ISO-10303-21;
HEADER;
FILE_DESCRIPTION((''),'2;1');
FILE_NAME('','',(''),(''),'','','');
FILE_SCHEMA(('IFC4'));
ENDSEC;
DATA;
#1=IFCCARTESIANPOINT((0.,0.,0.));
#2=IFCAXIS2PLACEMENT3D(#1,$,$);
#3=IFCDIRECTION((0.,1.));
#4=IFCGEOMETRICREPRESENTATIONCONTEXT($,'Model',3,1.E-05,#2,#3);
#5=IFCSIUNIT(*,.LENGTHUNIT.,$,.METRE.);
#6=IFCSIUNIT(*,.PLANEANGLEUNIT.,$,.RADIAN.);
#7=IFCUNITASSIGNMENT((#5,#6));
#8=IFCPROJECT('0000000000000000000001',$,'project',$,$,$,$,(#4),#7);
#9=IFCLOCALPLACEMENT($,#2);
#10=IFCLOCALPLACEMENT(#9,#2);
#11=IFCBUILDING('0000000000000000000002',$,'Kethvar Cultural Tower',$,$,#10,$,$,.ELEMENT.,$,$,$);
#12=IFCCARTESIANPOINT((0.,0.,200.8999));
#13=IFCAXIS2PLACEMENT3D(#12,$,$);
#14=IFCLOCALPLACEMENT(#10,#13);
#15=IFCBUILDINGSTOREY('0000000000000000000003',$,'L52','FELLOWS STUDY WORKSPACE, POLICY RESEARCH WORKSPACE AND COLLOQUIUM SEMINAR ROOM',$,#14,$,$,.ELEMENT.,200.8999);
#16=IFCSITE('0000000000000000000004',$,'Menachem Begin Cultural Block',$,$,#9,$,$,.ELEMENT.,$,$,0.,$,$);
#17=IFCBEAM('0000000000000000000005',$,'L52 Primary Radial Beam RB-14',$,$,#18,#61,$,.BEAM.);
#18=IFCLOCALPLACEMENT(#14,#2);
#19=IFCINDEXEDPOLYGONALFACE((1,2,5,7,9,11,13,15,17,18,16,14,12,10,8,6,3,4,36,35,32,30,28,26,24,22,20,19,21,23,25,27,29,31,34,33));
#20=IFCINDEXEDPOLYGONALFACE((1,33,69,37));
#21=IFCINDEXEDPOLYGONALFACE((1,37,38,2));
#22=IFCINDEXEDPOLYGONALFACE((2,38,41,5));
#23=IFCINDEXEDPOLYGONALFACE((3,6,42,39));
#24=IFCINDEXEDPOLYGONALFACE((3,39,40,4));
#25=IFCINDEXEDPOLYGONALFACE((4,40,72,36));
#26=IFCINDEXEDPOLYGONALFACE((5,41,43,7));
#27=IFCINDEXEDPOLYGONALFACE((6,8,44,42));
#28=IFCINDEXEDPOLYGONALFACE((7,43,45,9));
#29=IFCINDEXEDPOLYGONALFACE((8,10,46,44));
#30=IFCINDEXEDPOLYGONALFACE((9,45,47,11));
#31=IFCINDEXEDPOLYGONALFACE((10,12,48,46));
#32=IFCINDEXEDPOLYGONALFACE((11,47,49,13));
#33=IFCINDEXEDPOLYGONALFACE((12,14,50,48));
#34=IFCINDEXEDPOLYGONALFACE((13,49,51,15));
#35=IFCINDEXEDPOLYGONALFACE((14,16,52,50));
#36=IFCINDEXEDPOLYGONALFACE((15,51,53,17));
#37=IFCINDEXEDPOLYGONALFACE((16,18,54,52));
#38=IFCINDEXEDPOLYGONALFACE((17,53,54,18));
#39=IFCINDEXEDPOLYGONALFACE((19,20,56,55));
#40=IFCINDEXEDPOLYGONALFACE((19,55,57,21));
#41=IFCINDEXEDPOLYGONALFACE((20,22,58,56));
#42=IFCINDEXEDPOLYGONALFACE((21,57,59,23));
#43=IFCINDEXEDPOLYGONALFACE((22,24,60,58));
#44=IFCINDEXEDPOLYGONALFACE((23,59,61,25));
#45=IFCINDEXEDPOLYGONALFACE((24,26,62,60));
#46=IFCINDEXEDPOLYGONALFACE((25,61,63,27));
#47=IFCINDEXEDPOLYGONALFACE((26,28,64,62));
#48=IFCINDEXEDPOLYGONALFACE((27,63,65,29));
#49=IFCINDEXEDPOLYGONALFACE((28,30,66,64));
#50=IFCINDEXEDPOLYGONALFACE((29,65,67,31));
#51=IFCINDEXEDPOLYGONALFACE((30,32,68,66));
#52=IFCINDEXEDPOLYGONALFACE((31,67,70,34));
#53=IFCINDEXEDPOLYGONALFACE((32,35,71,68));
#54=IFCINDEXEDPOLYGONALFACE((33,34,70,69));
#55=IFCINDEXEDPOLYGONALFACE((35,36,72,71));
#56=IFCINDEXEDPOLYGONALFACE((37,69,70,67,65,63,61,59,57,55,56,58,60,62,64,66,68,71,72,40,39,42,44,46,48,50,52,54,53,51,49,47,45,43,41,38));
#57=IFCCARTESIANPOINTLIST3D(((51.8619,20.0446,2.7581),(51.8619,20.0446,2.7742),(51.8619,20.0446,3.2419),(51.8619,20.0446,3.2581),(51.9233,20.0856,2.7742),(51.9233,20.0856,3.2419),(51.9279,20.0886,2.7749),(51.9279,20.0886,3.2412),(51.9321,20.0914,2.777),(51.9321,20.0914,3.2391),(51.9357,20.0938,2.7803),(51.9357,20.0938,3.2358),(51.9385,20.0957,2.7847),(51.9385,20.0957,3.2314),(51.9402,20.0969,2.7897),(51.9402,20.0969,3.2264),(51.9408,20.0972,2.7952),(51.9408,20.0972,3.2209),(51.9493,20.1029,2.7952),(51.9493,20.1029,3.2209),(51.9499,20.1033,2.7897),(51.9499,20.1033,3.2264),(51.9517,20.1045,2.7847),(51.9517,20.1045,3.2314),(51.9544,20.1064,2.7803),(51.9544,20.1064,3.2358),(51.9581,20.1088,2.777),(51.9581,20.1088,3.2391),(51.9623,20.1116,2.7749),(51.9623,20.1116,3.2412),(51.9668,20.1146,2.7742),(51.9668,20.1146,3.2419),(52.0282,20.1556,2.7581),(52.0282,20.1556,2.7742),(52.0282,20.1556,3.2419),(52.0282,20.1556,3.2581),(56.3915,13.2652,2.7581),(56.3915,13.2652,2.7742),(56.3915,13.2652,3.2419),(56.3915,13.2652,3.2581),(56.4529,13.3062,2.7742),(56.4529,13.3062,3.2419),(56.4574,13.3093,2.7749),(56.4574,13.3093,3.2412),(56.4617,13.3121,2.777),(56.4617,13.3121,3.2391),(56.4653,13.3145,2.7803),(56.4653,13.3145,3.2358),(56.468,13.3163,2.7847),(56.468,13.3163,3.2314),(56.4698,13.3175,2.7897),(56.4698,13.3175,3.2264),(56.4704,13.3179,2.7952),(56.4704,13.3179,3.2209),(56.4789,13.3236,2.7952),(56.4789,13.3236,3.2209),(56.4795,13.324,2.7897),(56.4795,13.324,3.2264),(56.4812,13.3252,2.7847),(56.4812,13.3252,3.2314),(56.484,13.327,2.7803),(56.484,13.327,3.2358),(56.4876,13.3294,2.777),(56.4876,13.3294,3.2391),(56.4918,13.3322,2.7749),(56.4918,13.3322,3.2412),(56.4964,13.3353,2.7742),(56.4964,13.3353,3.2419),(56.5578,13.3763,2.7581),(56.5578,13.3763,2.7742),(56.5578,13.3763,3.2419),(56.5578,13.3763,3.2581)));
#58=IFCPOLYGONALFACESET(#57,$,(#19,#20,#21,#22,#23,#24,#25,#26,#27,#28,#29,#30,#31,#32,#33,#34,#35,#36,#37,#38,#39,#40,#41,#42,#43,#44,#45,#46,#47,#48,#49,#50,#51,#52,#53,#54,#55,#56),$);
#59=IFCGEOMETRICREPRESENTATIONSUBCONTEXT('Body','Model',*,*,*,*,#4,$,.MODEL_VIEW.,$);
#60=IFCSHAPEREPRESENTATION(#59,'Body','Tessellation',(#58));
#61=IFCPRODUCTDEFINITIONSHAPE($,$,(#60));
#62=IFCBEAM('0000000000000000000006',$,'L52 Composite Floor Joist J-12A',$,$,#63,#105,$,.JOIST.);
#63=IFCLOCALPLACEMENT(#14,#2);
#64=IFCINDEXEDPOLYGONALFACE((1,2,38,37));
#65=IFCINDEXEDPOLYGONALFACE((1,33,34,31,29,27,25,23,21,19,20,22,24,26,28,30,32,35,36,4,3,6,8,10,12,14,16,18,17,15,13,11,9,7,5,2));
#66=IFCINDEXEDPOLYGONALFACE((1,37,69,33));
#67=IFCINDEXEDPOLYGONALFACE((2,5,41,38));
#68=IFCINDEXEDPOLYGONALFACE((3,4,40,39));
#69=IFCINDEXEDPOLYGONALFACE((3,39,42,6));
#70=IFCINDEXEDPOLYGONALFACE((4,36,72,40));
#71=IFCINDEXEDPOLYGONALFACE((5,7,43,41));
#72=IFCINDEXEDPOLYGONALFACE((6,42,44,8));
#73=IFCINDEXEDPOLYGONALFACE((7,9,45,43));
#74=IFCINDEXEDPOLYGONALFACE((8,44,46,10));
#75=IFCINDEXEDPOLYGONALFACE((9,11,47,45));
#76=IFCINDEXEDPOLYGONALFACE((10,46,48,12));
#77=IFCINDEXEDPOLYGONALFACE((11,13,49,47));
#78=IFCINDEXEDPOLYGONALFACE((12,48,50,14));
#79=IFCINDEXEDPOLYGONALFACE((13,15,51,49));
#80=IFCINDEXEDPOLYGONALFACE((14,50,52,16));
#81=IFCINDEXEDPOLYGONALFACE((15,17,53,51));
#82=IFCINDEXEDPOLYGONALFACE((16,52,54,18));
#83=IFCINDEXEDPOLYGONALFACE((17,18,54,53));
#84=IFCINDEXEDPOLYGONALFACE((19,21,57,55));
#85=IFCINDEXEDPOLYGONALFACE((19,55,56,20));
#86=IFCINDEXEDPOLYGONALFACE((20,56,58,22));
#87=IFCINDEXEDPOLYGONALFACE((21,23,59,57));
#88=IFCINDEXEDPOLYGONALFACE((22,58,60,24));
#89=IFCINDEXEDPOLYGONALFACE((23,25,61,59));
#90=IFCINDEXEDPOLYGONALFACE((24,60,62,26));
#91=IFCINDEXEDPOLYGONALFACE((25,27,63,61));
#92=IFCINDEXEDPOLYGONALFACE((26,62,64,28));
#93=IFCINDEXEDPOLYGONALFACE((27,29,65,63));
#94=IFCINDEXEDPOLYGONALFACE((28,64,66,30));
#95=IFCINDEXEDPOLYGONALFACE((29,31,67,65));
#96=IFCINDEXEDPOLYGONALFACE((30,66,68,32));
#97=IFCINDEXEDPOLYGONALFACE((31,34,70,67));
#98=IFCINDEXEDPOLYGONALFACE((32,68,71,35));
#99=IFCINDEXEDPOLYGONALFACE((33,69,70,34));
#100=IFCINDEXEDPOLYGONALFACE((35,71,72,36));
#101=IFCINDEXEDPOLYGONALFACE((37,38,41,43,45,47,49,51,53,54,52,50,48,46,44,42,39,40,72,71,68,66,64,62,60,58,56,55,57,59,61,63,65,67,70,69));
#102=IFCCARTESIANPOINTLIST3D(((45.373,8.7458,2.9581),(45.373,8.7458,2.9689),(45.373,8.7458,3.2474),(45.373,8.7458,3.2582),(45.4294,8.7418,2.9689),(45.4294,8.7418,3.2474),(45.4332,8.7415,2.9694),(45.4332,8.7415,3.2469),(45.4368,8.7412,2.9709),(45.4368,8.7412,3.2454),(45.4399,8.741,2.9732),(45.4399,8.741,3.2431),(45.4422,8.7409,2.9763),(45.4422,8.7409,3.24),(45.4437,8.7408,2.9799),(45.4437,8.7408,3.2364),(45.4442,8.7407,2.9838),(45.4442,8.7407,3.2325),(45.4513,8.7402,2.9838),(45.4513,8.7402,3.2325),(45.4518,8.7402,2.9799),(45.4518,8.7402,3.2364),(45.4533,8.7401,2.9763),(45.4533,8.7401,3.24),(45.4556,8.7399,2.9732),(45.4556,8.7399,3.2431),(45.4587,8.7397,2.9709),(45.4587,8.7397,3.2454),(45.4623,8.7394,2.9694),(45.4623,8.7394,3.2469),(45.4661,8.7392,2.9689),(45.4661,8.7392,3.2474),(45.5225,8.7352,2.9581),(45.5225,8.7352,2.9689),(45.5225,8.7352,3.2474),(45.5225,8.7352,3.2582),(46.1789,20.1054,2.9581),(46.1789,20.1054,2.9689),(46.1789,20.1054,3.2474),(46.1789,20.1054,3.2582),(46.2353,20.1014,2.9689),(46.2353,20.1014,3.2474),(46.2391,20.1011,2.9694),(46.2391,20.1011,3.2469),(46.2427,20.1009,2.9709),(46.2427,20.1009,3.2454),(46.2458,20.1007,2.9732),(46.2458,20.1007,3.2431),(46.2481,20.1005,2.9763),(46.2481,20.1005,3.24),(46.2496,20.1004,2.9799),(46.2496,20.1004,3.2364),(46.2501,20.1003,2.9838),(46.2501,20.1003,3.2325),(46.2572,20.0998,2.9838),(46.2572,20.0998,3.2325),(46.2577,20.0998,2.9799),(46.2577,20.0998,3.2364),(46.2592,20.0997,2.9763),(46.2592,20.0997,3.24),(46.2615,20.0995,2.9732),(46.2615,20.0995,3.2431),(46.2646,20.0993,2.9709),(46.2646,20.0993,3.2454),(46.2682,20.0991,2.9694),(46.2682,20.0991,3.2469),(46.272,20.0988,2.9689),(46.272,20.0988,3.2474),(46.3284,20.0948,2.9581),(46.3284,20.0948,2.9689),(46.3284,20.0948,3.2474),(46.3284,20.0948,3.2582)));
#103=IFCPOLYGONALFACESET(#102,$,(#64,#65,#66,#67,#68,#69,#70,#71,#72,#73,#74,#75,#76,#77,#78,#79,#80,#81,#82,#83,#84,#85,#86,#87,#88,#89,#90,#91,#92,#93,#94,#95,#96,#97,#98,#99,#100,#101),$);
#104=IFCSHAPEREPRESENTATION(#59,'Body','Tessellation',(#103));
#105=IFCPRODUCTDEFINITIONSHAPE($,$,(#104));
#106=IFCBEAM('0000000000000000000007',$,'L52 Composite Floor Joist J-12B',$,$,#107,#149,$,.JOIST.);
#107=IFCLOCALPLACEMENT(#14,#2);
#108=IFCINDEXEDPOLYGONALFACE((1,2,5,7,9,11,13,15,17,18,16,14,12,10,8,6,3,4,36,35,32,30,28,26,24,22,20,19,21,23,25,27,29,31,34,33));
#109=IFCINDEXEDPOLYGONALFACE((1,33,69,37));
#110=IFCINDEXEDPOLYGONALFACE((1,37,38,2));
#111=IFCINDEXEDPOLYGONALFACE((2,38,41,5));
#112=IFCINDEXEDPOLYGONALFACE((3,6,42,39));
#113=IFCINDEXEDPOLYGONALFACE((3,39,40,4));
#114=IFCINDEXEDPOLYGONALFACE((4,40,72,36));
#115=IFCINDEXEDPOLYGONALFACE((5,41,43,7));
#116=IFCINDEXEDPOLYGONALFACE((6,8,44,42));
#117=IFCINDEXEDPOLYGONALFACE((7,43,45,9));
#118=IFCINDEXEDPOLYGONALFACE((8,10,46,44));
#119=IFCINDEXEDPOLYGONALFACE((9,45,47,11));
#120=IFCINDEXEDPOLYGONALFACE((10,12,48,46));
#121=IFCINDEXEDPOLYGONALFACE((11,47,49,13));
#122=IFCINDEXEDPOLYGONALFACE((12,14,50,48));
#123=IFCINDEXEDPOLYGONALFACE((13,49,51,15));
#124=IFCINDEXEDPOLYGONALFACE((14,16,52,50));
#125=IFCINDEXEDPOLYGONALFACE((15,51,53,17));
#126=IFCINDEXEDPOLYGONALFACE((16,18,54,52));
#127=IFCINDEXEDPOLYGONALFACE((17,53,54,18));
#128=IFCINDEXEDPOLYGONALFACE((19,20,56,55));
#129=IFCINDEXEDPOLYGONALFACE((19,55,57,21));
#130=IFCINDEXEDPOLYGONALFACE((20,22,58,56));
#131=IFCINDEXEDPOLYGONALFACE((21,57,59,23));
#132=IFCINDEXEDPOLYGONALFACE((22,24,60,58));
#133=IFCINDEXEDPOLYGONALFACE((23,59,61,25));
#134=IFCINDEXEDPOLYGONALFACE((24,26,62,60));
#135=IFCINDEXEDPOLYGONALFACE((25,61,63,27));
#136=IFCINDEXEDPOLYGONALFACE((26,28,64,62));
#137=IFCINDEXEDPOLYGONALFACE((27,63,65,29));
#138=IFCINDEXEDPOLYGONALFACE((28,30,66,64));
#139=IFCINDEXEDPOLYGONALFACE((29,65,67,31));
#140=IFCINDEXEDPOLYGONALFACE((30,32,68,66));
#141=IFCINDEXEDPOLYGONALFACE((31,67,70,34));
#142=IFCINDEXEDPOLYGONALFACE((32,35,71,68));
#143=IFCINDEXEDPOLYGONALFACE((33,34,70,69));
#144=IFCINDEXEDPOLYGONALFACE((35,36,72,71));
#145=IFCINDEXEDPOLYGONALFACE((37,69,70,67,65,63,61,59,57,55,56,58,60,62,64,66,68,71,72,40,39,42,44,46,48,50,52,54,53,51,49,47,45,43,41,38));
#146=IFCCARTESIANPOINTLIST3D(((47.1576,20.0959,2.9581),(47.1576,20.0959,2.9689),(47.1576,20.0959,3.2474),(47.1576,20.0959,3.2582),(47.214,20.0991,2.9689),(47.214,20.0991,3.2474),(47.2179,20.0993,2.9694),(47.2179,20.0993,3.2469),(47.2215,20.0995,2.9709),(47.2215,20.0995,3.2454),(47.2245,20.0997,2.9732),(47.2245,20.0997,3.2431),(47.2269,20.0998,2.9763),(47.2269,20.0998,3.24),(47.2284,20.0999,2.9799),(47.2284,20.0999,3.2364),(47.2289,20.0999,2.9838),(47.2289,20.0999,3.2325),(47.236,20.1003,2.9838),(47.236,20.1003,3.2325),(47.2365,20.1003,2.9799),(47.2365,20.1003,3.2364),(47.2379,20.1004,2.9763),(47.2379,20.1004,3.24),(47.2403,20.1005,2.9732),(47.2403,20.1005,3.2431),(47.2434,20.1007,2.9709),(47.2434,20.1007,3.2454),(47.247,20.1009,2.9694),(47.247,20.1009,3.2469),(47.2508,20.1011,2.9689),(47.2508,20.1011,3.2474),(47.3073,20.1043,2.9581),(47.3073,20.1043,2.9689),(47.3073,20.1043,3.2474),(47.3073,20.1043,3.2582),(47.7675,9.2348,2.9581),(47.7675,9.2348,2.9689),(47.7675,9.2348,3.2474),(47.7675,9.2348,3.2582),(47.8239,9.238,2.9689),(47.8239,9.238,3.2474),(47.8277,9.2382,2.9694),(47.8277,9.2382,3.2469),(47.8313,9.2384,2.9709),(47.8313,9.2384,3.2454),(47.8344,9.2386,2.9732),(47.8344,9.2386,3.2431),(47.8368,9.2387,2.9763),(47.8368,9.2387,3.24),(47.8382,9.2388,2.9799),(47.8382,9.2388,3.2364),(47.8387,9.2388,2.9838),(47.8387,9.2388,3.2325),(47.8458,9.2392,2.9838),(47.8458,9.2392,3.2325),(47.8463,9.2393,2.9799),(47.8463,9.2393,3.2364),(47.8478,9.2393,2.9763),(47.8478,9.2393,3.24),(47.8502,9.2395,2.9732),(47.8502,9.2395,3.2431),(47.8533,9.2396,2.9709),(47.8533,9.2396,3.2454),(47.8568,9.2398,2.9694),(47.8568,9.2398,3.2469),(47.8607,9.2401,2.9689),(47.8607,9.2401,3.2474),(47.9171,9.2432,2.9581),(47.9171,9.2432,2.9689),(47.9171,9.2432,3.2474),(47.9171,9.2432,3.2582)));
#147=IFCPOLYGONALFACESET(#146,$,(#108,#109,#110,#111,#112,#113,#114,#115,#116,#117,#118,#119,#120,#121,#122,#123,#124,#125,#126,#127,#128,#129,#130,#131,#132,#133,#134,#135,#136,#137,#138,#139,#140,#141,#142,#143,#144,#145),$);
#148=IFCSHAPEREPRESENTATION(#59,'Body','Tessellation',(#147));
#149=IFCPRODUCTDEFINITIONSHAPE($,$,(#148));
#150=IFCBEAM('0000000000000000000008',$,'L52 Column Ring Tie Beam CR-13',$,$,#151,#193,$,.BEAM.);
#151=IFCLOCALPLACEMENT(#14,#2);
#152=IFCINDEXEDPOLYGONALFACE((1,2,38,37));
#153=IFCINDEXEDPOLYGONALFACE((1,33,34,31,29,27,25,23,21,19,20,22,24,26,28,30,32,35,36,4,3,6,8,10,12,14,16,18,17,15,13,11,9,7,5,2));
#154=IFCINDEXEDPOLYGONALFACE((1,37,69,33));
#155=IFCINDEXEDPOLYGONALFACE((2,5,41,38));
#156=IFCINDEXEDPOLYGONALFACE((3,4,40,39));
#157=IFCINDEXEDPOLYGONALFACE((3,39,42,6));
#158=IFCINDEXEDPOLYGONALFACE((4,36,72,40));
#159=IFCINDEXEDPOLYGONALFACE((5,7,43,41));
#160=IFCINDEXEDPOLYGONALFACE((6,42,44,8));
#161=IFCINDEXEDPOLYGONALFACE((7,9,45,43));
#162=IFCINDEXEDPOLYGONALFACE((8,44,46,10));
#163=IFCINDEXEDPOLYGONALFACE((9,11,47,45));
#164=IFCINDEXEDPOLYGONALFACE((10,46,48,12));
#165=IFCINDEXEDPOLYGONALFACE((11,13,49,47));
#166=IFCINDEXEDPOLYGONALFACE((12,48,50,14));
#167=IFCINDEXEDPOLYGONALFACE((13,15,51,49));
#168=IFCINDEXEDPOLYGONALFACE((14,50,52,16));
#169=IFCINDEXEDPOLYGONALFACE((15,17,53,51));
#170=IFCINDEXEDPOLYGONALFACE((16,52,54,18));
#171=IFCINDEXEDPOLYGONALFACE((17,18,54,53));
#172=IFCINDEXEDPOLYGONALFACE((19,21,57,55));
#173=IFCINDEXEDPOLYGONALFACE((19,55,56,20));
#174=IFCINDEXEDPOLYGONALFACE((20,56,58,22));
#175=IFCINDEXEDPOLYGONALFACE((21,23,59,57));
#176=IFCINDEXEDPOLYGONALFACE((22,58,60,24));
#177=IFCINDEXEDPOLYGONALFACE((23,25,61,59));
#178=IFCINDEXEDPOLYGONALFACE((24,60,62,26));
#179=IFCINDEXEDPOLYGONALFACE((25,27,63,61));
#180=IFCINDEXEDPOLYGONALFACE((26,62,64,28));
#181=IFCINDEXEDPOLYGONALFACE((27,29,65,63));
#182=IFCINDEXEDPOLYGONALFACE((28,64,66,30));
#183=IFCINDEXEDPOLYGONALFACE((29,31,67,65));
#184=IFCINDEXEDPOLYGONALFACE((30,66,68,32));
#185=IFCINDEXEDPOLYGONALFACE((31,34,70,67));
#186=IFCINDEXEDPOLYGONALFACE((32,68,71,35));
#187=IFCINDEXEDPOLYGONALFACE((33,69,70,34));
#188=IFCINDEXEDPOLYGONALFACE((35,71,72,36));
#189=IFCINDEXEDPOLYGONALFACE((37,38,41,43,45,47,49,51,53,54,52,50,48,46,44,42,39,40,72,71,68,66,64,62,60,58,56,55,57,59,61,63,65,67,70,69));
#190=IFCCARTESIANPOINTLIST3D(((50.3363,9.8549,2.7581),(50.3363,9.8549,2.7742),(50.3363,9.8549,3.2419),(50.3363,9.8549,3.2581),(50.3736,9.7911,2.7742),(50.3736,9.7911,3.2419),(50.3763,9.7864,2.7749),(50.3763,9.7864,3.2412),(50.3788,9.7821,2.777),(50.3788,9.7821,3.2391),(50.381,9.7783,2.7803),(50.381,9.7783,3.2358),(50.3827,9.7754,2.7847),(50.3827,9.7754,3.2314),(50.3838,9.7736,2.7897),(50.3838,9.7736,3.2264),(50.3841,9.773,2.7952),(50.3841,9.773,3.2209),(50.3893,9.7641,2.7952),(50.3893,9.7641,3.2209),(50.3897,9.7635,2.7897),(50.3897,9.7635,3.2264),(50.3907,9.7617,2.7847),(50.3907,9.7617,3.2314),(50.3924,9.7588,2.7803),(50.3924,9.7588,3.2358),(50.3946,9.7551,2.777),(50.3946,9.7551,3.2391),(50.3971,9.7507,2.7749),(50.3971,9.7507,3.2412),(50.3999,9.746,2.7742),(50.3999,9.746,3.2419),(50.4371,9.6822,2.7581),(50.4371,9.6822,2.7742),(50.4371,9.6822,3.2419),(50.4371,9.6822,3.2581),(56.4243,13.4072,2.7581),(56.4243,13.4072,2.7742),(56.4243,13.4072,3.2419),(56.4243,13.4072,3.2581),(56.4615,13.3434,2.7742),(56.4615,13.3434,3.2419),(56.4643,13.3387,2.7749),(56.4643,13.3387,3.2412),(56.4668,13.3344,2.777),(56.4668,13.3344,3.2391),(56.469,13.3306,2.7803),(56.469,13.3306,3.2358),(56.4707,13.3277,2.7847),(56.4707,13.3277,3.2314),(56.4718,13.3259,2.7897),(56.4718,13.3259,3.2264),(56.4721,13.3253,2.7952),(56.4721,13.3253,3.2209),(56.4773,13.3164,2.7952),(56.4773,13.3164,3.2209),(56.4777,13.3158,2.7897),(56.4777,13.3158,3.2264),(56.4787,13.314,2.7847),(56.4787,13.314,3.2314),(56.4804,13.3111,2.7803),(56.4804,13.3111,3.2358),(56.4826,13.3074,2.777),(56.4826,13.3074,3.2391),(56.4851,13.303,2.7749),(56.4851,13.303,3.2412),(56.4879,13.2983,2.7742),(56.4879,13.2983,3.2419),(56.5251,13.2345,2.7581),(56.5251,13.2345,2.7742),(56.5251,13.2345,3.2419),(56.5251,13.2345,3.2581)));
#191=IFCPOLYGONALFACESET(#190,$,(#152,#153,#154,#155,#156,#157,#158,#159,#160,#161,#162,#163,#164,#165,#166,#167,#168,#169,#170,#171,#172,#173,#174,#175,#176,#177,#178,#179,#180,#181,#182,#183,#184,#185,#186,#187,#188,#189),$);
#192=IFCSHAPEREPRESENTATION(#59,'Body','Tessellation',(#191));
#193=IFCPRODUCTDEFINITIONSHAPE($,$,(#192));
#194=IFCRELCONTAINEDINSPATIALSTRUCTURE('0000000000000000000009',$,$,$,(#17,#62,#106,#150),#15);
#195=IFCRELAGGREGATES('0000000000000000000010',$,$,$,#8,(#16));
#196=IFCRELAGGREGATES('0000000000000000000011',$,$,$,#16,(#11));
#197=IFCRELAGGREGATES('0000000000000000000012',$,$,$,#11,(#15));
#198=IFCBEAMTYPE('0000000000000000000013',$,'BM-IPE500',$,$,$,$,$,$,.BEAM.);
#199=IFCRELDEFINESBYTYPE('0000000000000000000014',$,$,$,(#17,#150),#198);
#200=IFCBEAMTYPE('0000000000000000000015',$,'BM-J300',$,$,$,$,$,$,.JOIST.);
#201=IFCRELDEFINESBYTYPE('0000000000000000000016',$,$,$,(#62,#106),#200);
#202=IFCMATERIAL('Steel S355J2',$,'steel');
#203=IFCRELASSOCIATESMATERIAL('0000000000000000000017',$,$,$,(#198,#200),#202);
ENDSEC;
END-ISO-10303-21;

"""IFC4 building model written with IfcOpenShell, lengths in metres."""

from ifc_helpers import new_model, si_unit, direction, frame, origin, origin_2d, place, context, subcontext, project, spatial, i_section, extrude, source, transform, mapped, material, material_profile, profile_set, type_object, element, save


model = new_model("IFC4")

# Units and contexts
model_context = context("Model", 3, precision=1e-05, world=origin(), true_north=direction((0.0, 1.0)))
body_context = subcontext(model_context, "Body", "Model", "MODEL_VIEW")
ifc_project = project(units=[si_unit("LENGTHUNIT", "METRE"), si_unit("PLANEANGLEUNIT", "RADIAN")], contexts=[model_context])

# Site, building, storey
site_placement = place(None, origin())
site = spatial("IfcSite", under=ifc_project, at=site_placement, Name="Menachem Begin Cultural Block", CompositionType="ELEMENT", RefElevation=0.0)
building_placement = place(site_placement, origin())
building = spatial("IfcBuilding", under=site, at=building_placement, Name="Kethvar Cultural Tower", CompositionType="ELEMENT")
storey_placement = place(building_placement, frame((0.0, 0.0, 200.8999)))
storey = spatial("IfcBuildingStorey", under=building, at=storey_placement, Name="L52", Description="FELLOWS STUDY WORKSPACE, POLICY RESEARCH WORKSPACE AND COLLOQUIUM SEMINAR ROOM", CompositionType="ELEMENT", Elevation=200.8999)

# Beams
ifc_material_1 = material(Name="Steel S355J2", Category="steel")
ifc_material_profile_1 = material_profile(ifc_material_1, i_section(OverallWidth=0.2, OverallDepth=0.5, WebThickness=0.0103, FlangeThickness=0.0161, FilletRadius=0.021, at=origin_2d()), Name="Steel S355J2 — IPE500")
ifc_profile_set_1 = profile_set([ifc_material_profile_1], Name="Steel S355J2 — IPE500")
beam_type_1 = type_object("IfcBeamType", Name="BM-IPE500", PredefinedType="BEAM", material=ifc_profile_set_1)
shared_shape_1 = source(origin(), body_context, "Body", "SweptSolid", [
    extrude(i_section(OverallWidth=0.2, OverallDepth=0.5, WebThickness=0.0103, FlangeThickness=0.0161, FilletRadius=0.021, at=origin_2d()), origin(), (0.0, 0.0, 1.0), 8.1533),
])
beam_1_placement = place(storey_placement, frame((51.9451, 20.1001, 3.0081), z_axis=(0.55555, -0.831483, 0.0), x_axis=(0.831483, 0.55555, 0.0)))
element("IfcBeam", 1, at=beam_1_placement, inside=storey, type_object=beam_type_1, Name="L52 Primary Radial Beam RB-14", PredefinedType="BEAM", context=body_context, shape_type="MappedRepresentation", body=[
    mapped(shared_shape_1, transform((0.0, 0.0, 0.0), scale=1.0)),
])
ifc_material_profile_2 = material_profile(ifc_material_1, i_section(OverallWidth=0.1499, OverallDepth=0.3, WebThickness=0.0071, FlangeThickness=0.0107, FilletRadius=0.0149, at=origin_2d()), Name="Steel S355J2 — IPE300")
ifc_profile_set_2 = profile_set([ifc_material_profile_2], Name="Steel S355J2 — IPE300")
beam_type_2 = type_object("IfcBeamType", Name="BM-J300", PredefinedType="JOIST", material=ifc_profile_set_2)
shared_shape_2 = source(origin(), body_context, "Body", "SweptSolid", [
    extrude(i_section(OverallWidth=0.1499, OverallDepth=0.3, WebThickness=0.0071, FlangeThickness=0.0107, FilletRadius=0.0149, at=origin_2d()), origin(), (0.0, 0.0, 1.0), 11.3882),
])
beam_2_placement = place(storey_placement, frame((46.2537, 20.1001, 3.1082), z_axis=(-0.070767, -0.997493, 0.0), x_axis=(0.997493, -0.070767, 0.0)))
element("IfcBeam", 2, at=beam_2_placement, inside=storey, type_object=beam_type_2, Name="L52 Composite Floor Joist J-12A", PredefinedType="JOIST", context=body_context, shape_type="MappedRepresentation", body=[
    mapped(shared_shape_2, transform((0.0, 0.0, 0.0), scale=1.0)),
])
shared_shape_3 = source(origin(), body_context, "Body", "SweptSolid", [
    extrude(i_section(OverallWidth=0.1499, OverallDepth=0.3, WebThickness=0.0071, FlangeThickness=0.0107, FilletRadius=0.0149, at=origin_2d()), origin(), (0.0, 0.0, 1.0), 10.8782),
])
beam_3_placement = place(storey_placement, frame((47.2324, 20.1001, 3.1082), z_axis=(0.056063, -0.998427, 0.0), x_axis=(0.998427, 0.056063, 0.0)))
element("IfcBeam", 3, at=beam_3_placement, inside=storey, type_object=beam_type_2, Name="L52 Composite Floor Joist J-12B", PredefinedType="JOIST", context=body_context, shape_type="MappedRepresentation", body=[
    mapped(shared_shape_3, transform((0.0, 0.0, 0.0), scale=1.0)),
])
shared_shape_4 = source(origin(), body_context, "Body", "SweptSolid", [
    extrude(i_section(OverallWidth=0.2, OverallDepth=0.5, WebThickness=0.0103, FlangeThickness=0.0161, FilletRadius=0.021, at=origin_2d()), origin(), (0.0, 0.0, 1.0), 7.0486),
])
beam_4_placement = place(storey_placement, frame((50.3867, 9.7686, 3.0081), z_axis=(0.863719, 0.503974, 0.0), x_axis=(-0.503974, 0.863719, 0.0)))
element("IfcBeam", 4, at=beam_4_placement, inside=storey, type_object=beam_type_1, Name="L52 Column Ring Tie Beam CR-13", PredefinedType="BEAM", context=body_context, shape_type="MappedRepresentation", body=[
    mapped(shared_shape_4, transform((0.0, 0.0, 0.0), scale=1.0)),
])

save(model, "model.ifc")
